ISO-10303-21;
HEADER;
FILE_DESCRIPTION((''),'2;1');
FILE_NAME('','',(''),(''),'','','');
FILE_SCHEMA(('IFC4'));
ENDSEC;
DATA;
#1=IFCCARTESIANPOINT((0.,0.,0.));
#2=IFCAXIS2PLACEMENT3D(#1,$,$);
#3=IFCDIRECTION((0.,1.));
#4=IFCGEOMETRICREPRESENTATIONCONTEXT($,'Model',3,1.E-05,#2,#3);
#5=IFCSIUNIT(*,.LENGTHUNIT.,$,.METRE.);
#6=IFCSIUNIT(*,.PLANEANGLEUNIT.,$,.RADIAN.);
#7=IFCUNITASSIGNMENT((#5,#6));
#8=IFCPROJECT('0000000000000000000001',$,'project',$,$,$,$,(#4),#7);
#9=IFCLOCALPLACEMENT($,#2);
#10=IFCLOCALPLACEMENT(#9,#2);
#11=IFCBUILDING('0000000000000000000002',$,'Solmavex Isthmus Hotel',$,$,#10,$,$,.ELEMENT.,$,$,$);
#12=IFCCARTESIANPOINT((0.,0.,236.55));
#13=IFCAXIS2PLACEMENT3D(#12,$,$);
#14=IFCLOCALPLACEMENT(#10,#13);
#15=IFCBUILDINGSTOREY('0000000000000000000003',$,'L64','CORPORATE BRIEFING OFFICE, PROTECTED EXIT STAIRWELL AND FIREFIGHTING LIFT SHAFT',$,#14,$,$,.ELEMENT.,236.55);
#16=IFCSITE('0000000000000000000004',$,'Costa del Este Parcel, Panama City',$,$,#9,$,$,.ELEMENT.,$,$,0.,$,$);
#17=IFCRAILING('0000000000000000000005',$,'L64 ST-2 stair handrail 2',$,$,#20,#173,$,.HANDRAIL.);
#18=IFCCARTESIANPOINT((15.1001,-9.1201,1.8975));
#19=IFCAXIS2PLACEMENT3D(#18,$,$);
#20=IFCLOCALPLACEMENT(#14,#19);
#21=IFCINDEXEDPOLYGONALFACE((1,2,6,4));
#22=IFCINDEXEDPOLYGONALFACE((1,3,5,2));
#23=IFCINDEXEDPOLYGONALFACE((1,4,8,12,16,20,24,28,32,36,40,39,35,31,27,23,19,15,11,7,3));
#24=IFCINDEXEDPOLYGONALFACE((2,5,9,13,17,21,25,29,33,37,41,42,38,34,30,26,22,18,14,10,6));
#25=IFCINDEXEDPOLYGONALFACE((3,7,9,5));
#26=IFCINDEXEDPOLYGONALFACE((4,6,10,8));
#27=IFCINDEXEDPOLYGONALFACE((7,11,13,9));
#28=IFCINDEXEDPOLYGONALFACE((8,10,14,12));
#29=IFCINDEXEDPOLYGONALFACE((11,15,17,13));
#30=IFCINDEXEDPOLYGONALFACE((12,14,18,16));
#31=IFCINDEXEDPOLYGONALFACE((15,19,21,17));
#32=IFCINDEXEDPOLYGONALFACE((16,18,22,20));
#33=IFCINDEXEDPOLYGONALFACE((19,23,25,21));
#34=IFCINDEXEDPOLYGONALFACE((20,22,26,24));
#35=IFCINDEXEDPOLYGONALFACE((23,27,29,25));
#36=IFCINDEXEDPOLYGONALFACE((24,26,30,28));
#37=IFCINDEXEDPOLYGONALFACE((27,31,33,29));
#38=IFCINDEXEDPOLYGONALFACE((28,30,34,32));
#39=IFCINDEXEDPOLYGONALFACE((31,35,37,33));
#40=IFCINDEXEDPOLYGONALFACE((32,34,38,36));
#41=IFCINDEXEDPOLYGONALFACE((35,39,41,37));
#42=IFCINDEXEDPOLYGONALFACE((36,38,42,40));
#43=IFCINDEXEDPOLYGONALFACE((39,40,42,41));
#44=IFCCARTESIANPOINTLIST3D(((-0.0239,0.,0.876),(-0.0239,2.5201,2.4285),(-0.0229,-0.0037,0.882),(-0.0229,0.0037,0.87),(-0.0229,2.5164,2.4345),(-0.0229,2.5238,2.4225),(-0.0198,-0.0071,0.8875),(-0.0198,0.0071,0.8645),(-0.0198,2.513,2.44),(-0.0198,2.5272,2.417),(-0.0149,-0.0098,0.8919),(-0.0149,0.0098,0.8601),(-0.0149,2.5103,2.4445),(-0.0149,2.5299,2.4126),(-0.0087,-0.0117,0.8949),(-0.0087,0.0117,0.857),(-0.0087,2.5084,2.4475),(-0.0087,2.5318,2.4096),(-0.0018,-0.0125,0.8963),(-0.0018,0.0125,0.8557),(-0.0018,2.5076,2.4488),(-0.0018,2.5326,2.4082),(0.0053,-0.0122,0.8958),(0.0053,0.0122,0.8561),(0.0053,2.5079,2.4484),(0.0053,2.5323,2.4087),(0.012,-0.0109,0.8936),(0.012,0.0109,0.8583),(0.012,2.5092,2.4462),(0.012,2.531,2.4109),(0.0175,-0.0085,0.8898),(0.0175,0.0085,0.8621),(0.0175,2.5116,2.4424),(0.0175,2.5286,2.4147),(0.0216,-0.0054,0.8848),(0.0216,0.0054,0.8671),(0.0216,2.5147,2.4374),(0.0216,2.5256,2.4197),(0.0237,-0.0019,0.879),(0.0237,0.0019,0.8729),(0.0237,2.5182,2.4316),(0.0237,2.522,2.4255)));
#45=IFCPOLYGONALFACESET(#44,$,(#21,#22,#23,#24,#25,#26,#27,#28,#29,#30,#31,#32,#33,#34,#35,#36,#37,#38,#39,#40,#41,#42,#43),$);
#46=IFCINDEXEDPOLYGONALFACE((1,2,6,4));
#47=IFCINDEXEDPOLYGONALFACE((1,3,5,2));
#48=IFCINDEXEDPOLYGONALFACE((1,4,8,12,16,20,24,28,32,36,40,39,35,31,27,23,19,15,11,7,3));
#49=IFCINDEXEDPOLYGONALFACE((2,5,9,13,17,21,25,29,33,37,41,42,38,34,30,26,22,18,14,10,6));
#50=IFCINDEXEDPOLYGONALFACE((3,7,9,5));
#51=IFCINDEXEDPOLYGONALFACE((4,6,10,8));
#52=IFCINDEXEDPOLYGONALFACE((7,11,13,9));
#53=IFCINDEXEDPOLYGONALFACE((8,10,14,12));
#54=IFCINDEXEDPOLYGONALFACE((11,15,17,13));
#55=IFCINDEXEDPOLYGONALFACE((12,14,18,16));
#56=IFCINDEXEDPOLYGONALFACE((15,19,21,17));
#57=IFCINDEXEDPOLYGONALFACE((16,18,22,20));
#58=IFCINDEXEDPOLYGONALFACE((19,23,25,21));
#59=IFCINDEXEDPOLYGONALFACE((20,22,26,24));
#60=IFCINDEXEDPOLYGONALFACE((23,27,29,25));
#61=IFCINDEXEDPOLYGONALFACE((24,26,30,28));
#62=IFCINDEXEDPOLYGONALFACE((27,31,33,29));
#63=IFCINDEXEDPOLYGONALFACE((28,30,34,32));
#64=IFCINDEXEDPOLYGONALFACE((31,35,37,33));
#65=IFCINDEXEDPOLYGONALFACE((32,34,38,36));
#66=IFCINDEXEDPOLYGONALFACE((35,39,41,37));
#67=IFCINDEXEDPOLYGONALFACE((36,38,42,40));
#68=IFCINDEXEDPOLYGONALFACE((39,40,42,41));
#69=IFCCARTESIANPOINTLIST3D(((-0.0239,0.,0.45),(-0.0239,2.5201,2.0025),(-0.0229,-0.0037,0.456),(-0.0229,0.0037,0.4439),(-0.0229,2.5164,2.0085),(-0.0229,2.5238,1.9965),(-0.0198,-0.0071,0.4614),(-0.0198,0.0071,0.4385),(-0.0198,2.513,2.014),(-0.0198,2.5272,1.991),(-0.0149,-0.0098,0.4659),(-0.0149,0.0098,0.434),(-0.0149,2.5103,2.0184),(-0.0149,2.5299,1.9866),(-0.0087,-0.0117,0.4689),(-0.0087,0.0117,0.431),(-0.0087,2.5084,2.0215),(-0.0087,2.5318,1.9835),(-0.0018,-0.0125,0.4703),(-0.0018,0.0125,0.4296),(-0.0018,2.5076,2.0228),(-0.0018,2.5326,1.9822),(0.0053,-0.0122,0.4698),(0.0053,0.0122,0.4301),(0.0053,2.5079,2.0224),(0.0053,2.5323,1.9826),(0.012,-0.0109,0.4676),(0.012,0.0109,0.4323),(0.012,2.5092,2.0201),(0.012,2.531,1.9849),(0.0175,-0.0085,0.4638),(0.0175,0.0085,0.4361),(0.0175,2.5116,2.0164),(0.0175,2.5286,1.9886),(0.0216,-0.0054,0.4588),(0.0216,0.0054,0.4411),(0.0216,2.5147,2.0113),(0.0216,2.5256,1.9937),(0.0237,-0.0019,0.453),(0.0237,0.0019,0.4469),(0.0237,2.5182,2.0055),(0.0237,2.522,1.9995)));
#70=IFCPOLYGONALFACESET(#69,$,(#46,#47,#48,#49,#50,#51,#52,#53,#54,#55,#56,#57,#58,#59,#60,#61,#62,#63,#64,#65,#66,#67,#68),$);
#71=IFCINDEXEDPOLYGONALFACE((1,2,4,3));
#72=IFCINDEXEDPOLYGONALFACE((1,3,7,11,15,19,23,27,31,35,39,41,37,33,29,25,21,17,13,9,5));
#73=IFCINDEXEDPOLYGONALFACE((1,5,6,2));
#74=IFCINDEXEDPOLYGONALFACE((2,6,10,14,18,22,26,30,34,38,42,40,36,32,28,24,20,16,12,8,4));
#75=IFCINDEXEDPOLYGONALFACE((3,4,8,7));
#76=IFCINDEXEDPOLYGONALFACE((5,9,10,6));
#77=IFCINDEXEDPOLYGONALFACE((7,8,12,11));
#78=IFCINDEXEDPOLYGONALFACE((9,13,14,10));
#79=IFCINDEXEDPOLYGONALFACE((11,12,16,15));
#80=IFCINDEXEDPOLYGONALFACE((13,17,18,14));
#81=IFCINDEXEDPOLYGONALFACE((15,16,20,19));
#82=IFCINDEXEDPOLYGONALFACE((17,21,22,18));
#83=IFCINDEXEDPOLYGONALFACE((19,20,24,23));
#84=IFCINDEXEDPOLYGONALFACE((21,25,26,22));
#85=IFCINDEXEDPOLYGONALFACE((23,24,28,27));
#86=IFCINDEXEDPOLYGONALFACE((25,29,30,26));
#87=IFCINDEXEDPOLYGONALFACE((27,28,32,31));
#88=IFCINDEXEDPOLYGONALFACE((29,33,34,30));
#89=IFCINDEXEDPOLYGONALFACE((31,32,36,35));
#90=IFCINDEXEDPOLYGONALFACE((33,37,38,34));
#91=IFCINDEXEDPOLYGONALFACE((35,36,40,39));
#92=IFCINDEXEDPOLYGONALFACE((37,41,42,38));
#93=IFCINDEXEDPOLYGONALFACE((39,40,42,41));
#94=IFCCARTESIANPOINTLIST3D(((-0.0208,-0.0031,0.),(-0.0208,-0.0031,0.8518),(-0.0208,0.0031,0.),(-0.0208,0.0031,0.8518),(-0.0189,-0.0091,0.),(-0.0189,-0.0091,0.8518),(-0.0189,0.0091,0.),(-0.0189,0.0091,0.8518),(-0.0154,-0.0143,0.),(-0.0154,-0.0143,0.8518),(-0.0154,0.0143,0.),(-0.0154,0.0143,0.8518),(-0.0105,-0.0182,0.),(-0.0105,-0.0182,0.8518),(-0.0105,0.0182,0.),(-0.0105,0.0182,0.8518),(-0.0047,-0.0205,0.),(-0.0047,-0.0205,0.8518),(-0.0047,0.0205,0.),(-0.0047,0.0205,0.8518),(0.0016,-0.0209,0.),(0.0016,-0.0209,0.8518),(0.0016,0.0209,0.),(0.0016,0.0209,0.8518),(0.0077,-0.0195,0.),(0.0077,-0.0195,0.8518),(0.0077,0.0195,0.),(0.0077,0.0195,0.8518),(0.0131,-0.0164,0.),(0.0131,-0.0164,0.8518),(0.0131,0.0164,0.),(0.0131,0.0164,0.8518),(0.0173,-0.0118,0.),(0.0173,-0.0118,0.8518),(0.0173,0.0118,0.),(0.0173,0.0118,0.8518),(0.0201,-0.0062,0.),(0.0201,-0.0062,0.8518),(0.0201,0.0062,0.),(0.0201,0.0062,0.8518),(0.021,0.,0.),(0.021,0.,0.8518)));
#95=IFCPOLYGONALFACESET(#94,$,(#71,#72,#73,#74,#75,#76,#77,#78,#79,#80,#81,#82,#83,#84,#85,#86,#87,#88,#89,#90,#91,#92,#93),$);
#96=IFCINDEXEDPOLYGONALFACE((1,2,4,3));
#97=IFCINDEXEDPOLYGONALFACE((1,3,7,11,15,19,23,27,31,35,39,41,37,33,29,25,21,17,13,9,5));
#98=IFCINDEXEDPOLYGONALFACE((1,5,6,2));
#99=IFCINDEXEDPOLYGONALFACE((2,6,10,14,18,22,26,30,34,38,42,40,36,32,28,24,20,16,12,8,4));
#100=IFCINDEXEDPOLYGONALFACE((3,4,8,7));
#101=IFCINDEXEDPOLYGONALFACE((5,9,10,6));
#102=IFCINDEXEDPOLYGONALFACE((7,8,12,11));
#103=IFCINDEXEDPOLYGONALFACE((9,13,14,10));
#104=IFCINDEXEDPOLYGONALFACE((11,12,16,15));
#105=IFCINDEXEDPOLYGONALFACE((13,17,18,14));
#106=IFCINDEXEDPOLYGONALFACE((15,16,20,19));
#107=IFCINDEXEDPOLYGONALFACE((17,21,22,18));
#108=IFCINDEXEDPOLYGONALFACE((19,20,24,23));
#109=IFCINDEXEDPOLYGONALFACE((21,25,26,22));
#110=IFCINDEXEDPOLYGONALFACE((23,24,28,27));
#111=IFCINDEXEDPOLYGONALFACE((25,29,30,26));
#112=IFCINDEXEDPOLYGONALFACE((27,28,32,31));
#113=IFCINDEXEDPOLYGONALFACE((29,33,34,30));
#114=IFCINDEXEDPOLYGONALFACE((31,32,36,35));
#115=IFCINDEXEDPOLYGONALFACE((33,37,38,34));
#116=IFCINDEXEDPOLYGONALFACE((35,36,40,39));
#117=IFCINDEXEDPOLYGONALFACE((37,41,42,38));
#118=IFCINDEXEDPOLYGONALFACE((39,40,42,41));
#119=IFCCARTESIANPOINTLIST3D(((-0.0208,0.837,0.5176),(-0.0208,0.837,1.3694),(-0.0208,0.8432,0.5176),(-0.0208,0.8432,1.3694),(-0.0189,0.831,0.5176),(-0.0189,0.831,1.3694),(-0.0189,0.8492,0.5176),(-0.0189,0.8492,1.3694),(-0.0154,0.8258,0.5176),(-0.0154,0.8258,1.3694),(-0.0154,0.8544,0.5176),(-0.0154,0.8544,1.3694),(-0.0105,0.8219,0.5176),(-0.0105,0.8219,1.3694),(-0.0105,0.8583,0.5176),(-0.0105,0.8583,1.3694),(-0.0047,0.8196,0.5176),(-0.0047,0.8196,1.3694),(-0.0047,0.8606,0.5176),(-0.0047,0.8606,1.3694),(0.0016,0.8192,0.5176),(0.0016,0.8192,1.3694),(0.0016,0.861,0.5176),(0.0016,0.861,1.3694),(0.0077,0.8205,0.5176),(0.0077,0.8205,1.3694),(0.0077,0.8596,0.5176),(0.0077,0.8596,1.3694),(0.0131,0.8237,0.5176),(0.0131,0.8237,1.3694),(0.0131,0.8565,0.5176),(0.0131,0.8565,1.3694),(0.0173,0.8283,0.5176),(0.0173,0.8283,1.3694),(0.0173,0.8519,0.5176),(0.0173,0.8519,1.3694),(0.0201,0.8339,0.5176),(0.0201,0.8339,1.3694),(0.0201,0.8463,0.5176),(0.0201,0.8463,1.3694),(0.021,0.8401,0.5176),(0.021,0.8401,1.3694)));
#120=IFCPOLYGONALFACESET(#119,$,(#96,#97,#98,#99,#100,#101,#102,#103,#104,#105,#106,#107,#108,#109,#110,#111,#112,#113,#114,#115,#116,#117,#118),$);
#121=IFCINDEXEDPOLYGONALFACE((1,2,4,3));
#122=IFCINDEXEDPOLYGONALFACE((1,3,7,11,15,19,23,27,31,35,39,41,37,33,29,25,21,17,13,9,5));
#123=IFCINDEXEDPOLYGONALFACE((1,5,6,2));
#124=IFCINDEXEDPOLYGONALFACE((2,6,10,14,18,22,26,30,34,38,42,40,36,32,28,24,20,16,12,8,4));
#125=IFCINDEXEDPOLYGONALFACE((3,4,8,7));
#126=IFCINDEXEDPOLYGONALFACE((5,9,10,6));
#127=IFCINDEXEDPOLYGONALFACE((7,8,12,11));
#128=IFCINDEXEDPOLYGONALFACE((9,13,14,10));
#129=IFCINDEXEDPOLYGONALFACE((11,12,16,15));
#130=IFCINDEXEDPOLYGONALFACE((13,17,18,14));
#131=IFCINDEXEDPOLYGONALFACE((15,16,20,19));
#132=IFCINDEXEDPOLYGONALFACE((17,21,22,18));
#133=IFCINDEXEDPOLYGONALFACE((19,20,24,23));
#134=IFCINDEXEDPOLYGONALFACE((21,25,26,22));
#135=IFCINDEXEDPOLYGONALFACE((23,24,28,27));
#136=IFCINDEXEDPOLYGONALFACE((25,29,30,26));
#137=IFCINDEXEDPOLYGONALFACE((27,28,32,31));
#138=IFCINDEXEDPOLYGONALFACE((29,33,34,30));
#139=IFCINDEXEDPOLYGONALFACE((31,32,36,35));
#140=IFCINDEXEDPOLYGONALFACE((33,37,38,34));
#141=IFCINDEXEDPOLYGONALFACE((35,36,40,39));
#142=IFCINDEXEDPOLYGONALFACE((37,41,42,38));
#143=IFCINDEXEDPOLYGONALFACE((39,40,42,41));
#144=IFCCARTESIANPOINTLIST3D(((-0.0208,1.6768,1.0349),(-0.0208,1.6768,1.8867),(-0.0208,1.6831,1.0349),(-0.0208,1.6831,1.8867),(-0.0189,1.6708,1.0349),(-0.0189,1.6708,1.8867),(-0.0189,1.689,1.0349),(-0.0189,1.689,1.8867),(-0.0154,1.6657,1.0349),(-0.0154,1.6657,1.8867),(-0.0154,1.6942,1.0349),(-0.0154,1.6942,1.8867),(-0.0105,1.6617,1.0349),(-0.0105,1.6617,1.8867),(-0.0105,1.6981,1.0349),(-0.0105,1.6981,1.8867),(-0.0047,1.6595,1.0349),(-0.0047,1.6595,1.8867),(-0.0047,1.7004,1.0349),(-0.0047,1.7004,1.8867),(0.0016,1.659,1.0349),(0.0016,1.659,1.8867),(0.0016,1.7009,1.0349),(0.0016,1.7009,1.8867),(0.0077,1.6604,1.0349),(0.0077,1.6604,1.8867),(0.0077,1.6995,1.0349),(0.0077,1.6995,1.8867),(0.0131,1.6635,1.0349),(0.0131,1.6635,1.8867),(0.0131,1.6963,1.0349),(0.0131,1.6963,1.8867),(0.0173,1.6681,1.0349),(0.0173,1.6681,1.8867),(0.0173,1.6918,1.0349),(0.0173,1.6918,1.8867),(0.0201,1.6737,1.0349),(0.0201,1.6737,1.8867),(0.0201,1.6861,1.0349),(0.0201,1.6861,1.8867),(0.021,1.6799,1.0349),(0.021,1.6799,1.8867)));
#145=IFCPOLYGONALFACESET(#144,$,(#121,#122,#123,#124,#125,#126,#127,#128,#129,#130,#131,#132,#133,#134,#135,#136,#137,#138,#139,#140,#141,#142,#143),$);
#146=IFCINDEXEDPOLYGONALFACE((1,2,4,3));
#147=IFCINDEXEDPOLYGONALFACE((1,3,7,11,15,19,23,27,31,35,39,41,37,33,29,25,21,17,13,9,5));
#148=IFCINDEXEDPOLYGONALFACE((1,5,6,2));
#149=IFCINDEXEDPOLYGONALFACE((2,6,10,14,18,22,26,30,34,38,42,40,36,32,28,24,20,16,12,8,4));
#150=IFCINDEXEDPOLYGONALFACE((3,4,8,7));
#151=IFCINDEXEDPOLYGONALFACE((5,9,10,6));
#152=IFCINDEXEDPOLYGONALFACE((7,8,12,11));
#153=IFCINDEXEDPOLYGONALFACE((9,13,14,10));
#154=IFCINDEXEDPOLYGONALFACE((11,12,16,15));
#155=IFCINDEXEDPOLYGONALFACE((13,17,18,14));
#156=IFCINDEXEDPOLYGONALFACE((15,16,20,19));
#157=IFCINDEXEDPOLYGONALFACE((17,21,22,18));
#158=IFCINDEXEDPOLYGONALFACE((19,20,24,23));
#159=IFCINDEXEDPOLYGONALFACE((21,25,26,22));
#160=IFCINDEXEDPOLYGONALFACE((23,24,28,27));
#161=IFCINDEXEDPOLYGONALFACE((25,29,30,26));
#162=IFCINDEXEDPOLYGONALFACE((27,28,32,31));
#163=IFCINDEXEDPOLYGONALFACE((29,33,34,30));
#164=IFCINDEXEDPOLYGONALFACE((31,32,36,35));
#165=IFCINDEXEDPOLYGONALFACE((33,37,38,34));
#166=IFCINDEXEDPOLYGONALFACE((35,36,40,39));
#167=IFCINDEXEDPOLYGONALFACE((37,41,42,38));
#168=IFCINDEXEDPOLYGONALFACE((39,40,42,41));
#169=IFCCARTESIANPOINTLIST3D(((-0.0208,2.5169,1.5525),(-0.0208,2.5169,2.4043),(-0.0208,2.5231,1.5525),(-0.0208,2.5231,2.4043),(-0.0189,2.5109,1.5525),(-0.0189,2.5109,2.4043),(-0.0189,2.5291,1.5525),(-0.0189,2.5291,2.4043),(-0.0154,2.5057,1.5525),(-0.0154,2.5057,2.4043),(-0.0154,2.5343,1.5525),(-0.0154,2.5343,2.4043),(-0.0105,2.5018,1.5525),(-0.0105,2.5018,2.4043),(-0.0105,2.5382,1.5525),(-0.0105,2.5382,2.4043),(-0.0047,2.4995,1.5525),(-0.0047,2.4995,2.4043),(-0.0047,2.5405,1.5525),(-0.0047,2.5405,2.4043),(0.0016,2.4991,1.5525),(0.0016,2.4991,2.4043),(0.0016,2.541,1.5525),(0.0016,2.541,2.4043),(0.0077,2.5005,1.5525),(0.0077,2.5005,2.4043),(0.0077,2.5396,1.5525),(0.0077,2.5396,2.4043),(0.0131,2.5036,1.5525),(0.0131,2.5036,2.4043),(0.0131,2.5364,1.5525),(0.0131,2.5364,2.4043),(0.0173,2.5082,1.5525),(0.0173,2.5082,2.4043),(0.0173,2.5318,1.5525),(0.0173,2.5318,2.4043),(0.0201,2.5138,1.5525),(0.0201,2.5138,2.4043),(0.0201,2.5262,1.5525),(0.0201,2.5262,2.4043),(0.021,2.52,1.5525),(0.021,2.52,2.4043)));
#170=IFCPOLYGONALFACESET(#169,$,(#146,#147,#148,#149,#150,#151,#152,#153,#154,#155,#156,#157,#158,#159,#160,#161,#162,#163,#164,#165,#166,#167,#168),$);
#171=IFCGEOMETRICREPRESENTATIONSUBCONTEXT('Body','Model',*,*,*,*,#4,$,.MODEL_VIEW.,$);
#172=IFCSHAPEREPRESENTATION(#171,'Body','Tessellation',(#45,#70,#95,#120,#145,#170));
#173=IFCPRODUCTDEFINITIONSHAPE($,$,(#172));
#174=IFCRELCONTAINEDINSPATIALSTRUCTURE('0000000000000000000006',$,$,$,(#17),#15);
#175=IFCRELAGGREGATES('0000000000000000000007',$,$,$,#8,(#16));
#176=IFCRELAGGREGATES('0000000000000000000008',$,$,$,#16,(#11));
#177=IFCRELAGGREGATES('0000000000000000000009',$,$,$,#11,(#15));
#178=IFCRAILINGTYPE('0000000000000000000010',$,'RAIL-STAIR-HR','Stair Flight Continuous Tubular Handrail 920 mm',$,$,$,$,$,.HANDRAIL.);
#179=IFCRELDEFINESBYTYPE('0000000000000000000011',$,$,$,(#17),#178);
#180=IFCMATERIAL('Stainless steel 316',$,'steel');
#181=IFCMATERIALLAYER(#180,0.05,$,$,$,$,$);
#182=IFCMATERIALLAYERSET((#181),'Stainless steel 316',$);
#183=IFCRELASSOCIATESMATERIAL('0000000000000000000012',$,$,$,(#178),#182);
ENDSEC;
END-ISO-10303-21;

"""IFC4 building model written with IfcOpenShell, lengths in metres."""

from ifc_helpers import new_model, si_unit, direction, frame, origin, origin_2d, place, context, subcontext, project, spatial, circle, extrude, material, layer, layer_set, type_object, element, save


model = new_model("IFC4")

# Units and contexts
model_context = context("Model", 3, precision=1e-05, world=origin(), true_north=direction((0.0, 1.0)))
body_context = subcontext(model_context, "Body", "Model", "MODEL_VIEW")
ifc_project = project(units=[si_unit("LENGTHUNIT", "METRE"), si_unit("PLANEANGLEUNIT", "RADIAN")], contexts=[model_context])

# Site, building, storey
site_placement = place(None, origin())
site = spatial("IfcSite", under=ifc_project, at=site_placement, Name="Costa del Este Parcel, Panama City", CompositionType="ELEMENT", RefElevation=0.0)
building_placement = place(site_placement, origin())
building = spatial("IfcBuilding", under=site, at=building_placement, Name="Solmavex Isthmus Hotel", CompositionType="ELEMENT")
storey_placement = place(building_placement, frame((0.0, 0.0, 236.55)))
storey = spatial("IfcBuildingStorey", under=building, at=storey_placement, Name="L64", Description="CORPORATE BRIEFING OFFICE, PROTECTED EXIT STAIRWELL AND FIREFIGHTING LIFT SHAFT", CompositionType="ELEMENT", Elevation=236.55)

# Shared definitions
ifc_material_1 = material(Name="Stainless steel 316", Category="steel")

# Railing
ifc_layer_1 = layer(ifc_material_1, 0.05)
ifc_layer_set_1 = layer_set([ifc_layer_1], Name="Stainless steel 316")
railing_type_1 = type_object("IfcRailingType", Name="RAIL-STAIR-HR", Description="Stair Flight Continuous Tubular Handrail 920 mm", PredefinedType="HANDRAIL", material=ifc_layer_set_1)
railing_1_placement = place(storey_placement, frame((15.1001, -9.1201, 1.8975)))
element("IfcRailing", 1, at=railing_1_placement, inside=storey, type_object=railing_type_1, Name="L64 ST-2 stair handrail 2", PredefinedType="HANDRAIL", context=body_context, shape_type="SweptSolid", body=[
    extrude(circle(Radius=0.0239, at=origin_2d()), frame((0.0, 0.0, 0.876), z_axis=(0.0, 0.8514, 0.524516), x_axis=(-1.0, 0.0, 0.0)), (0.0, 0.0, 1.0), 2.96),
    extrude(circle(Radius=0.0239, at=origin_2d()), frame((0.0, 0.0, 0.45), z_axis=(0.0, 0.8514, 0.524516), x_axis=(-1.0, 0.0, 0.0)), (0.0, 0.0, 1.0), 2.96),
    extrude(circle(Radius=0.021, at=origin_2d()), origin(), (0.0, 0.0, 1.0), 0.8518),
    extrude(circle(Radius=0.021, at=origin_2d()), frame((0.0, 0.8401, 0.5176)), (0.0, 0.0, 1.0), 0.8518),
    extrude(circle(Radius=0.021, at=origin_2d()), frame((0.0, 1.6799, 1.0349)), (0.0, 0.0, 1.0), 0.8518),
    extrude(circle(Radius=0.021, at=origin_2d()), frame((0.0, 2.52, 1.5525)), (0.0, 0.0, 1.0), 0.8518),
])

save(model, "model.ifc")
